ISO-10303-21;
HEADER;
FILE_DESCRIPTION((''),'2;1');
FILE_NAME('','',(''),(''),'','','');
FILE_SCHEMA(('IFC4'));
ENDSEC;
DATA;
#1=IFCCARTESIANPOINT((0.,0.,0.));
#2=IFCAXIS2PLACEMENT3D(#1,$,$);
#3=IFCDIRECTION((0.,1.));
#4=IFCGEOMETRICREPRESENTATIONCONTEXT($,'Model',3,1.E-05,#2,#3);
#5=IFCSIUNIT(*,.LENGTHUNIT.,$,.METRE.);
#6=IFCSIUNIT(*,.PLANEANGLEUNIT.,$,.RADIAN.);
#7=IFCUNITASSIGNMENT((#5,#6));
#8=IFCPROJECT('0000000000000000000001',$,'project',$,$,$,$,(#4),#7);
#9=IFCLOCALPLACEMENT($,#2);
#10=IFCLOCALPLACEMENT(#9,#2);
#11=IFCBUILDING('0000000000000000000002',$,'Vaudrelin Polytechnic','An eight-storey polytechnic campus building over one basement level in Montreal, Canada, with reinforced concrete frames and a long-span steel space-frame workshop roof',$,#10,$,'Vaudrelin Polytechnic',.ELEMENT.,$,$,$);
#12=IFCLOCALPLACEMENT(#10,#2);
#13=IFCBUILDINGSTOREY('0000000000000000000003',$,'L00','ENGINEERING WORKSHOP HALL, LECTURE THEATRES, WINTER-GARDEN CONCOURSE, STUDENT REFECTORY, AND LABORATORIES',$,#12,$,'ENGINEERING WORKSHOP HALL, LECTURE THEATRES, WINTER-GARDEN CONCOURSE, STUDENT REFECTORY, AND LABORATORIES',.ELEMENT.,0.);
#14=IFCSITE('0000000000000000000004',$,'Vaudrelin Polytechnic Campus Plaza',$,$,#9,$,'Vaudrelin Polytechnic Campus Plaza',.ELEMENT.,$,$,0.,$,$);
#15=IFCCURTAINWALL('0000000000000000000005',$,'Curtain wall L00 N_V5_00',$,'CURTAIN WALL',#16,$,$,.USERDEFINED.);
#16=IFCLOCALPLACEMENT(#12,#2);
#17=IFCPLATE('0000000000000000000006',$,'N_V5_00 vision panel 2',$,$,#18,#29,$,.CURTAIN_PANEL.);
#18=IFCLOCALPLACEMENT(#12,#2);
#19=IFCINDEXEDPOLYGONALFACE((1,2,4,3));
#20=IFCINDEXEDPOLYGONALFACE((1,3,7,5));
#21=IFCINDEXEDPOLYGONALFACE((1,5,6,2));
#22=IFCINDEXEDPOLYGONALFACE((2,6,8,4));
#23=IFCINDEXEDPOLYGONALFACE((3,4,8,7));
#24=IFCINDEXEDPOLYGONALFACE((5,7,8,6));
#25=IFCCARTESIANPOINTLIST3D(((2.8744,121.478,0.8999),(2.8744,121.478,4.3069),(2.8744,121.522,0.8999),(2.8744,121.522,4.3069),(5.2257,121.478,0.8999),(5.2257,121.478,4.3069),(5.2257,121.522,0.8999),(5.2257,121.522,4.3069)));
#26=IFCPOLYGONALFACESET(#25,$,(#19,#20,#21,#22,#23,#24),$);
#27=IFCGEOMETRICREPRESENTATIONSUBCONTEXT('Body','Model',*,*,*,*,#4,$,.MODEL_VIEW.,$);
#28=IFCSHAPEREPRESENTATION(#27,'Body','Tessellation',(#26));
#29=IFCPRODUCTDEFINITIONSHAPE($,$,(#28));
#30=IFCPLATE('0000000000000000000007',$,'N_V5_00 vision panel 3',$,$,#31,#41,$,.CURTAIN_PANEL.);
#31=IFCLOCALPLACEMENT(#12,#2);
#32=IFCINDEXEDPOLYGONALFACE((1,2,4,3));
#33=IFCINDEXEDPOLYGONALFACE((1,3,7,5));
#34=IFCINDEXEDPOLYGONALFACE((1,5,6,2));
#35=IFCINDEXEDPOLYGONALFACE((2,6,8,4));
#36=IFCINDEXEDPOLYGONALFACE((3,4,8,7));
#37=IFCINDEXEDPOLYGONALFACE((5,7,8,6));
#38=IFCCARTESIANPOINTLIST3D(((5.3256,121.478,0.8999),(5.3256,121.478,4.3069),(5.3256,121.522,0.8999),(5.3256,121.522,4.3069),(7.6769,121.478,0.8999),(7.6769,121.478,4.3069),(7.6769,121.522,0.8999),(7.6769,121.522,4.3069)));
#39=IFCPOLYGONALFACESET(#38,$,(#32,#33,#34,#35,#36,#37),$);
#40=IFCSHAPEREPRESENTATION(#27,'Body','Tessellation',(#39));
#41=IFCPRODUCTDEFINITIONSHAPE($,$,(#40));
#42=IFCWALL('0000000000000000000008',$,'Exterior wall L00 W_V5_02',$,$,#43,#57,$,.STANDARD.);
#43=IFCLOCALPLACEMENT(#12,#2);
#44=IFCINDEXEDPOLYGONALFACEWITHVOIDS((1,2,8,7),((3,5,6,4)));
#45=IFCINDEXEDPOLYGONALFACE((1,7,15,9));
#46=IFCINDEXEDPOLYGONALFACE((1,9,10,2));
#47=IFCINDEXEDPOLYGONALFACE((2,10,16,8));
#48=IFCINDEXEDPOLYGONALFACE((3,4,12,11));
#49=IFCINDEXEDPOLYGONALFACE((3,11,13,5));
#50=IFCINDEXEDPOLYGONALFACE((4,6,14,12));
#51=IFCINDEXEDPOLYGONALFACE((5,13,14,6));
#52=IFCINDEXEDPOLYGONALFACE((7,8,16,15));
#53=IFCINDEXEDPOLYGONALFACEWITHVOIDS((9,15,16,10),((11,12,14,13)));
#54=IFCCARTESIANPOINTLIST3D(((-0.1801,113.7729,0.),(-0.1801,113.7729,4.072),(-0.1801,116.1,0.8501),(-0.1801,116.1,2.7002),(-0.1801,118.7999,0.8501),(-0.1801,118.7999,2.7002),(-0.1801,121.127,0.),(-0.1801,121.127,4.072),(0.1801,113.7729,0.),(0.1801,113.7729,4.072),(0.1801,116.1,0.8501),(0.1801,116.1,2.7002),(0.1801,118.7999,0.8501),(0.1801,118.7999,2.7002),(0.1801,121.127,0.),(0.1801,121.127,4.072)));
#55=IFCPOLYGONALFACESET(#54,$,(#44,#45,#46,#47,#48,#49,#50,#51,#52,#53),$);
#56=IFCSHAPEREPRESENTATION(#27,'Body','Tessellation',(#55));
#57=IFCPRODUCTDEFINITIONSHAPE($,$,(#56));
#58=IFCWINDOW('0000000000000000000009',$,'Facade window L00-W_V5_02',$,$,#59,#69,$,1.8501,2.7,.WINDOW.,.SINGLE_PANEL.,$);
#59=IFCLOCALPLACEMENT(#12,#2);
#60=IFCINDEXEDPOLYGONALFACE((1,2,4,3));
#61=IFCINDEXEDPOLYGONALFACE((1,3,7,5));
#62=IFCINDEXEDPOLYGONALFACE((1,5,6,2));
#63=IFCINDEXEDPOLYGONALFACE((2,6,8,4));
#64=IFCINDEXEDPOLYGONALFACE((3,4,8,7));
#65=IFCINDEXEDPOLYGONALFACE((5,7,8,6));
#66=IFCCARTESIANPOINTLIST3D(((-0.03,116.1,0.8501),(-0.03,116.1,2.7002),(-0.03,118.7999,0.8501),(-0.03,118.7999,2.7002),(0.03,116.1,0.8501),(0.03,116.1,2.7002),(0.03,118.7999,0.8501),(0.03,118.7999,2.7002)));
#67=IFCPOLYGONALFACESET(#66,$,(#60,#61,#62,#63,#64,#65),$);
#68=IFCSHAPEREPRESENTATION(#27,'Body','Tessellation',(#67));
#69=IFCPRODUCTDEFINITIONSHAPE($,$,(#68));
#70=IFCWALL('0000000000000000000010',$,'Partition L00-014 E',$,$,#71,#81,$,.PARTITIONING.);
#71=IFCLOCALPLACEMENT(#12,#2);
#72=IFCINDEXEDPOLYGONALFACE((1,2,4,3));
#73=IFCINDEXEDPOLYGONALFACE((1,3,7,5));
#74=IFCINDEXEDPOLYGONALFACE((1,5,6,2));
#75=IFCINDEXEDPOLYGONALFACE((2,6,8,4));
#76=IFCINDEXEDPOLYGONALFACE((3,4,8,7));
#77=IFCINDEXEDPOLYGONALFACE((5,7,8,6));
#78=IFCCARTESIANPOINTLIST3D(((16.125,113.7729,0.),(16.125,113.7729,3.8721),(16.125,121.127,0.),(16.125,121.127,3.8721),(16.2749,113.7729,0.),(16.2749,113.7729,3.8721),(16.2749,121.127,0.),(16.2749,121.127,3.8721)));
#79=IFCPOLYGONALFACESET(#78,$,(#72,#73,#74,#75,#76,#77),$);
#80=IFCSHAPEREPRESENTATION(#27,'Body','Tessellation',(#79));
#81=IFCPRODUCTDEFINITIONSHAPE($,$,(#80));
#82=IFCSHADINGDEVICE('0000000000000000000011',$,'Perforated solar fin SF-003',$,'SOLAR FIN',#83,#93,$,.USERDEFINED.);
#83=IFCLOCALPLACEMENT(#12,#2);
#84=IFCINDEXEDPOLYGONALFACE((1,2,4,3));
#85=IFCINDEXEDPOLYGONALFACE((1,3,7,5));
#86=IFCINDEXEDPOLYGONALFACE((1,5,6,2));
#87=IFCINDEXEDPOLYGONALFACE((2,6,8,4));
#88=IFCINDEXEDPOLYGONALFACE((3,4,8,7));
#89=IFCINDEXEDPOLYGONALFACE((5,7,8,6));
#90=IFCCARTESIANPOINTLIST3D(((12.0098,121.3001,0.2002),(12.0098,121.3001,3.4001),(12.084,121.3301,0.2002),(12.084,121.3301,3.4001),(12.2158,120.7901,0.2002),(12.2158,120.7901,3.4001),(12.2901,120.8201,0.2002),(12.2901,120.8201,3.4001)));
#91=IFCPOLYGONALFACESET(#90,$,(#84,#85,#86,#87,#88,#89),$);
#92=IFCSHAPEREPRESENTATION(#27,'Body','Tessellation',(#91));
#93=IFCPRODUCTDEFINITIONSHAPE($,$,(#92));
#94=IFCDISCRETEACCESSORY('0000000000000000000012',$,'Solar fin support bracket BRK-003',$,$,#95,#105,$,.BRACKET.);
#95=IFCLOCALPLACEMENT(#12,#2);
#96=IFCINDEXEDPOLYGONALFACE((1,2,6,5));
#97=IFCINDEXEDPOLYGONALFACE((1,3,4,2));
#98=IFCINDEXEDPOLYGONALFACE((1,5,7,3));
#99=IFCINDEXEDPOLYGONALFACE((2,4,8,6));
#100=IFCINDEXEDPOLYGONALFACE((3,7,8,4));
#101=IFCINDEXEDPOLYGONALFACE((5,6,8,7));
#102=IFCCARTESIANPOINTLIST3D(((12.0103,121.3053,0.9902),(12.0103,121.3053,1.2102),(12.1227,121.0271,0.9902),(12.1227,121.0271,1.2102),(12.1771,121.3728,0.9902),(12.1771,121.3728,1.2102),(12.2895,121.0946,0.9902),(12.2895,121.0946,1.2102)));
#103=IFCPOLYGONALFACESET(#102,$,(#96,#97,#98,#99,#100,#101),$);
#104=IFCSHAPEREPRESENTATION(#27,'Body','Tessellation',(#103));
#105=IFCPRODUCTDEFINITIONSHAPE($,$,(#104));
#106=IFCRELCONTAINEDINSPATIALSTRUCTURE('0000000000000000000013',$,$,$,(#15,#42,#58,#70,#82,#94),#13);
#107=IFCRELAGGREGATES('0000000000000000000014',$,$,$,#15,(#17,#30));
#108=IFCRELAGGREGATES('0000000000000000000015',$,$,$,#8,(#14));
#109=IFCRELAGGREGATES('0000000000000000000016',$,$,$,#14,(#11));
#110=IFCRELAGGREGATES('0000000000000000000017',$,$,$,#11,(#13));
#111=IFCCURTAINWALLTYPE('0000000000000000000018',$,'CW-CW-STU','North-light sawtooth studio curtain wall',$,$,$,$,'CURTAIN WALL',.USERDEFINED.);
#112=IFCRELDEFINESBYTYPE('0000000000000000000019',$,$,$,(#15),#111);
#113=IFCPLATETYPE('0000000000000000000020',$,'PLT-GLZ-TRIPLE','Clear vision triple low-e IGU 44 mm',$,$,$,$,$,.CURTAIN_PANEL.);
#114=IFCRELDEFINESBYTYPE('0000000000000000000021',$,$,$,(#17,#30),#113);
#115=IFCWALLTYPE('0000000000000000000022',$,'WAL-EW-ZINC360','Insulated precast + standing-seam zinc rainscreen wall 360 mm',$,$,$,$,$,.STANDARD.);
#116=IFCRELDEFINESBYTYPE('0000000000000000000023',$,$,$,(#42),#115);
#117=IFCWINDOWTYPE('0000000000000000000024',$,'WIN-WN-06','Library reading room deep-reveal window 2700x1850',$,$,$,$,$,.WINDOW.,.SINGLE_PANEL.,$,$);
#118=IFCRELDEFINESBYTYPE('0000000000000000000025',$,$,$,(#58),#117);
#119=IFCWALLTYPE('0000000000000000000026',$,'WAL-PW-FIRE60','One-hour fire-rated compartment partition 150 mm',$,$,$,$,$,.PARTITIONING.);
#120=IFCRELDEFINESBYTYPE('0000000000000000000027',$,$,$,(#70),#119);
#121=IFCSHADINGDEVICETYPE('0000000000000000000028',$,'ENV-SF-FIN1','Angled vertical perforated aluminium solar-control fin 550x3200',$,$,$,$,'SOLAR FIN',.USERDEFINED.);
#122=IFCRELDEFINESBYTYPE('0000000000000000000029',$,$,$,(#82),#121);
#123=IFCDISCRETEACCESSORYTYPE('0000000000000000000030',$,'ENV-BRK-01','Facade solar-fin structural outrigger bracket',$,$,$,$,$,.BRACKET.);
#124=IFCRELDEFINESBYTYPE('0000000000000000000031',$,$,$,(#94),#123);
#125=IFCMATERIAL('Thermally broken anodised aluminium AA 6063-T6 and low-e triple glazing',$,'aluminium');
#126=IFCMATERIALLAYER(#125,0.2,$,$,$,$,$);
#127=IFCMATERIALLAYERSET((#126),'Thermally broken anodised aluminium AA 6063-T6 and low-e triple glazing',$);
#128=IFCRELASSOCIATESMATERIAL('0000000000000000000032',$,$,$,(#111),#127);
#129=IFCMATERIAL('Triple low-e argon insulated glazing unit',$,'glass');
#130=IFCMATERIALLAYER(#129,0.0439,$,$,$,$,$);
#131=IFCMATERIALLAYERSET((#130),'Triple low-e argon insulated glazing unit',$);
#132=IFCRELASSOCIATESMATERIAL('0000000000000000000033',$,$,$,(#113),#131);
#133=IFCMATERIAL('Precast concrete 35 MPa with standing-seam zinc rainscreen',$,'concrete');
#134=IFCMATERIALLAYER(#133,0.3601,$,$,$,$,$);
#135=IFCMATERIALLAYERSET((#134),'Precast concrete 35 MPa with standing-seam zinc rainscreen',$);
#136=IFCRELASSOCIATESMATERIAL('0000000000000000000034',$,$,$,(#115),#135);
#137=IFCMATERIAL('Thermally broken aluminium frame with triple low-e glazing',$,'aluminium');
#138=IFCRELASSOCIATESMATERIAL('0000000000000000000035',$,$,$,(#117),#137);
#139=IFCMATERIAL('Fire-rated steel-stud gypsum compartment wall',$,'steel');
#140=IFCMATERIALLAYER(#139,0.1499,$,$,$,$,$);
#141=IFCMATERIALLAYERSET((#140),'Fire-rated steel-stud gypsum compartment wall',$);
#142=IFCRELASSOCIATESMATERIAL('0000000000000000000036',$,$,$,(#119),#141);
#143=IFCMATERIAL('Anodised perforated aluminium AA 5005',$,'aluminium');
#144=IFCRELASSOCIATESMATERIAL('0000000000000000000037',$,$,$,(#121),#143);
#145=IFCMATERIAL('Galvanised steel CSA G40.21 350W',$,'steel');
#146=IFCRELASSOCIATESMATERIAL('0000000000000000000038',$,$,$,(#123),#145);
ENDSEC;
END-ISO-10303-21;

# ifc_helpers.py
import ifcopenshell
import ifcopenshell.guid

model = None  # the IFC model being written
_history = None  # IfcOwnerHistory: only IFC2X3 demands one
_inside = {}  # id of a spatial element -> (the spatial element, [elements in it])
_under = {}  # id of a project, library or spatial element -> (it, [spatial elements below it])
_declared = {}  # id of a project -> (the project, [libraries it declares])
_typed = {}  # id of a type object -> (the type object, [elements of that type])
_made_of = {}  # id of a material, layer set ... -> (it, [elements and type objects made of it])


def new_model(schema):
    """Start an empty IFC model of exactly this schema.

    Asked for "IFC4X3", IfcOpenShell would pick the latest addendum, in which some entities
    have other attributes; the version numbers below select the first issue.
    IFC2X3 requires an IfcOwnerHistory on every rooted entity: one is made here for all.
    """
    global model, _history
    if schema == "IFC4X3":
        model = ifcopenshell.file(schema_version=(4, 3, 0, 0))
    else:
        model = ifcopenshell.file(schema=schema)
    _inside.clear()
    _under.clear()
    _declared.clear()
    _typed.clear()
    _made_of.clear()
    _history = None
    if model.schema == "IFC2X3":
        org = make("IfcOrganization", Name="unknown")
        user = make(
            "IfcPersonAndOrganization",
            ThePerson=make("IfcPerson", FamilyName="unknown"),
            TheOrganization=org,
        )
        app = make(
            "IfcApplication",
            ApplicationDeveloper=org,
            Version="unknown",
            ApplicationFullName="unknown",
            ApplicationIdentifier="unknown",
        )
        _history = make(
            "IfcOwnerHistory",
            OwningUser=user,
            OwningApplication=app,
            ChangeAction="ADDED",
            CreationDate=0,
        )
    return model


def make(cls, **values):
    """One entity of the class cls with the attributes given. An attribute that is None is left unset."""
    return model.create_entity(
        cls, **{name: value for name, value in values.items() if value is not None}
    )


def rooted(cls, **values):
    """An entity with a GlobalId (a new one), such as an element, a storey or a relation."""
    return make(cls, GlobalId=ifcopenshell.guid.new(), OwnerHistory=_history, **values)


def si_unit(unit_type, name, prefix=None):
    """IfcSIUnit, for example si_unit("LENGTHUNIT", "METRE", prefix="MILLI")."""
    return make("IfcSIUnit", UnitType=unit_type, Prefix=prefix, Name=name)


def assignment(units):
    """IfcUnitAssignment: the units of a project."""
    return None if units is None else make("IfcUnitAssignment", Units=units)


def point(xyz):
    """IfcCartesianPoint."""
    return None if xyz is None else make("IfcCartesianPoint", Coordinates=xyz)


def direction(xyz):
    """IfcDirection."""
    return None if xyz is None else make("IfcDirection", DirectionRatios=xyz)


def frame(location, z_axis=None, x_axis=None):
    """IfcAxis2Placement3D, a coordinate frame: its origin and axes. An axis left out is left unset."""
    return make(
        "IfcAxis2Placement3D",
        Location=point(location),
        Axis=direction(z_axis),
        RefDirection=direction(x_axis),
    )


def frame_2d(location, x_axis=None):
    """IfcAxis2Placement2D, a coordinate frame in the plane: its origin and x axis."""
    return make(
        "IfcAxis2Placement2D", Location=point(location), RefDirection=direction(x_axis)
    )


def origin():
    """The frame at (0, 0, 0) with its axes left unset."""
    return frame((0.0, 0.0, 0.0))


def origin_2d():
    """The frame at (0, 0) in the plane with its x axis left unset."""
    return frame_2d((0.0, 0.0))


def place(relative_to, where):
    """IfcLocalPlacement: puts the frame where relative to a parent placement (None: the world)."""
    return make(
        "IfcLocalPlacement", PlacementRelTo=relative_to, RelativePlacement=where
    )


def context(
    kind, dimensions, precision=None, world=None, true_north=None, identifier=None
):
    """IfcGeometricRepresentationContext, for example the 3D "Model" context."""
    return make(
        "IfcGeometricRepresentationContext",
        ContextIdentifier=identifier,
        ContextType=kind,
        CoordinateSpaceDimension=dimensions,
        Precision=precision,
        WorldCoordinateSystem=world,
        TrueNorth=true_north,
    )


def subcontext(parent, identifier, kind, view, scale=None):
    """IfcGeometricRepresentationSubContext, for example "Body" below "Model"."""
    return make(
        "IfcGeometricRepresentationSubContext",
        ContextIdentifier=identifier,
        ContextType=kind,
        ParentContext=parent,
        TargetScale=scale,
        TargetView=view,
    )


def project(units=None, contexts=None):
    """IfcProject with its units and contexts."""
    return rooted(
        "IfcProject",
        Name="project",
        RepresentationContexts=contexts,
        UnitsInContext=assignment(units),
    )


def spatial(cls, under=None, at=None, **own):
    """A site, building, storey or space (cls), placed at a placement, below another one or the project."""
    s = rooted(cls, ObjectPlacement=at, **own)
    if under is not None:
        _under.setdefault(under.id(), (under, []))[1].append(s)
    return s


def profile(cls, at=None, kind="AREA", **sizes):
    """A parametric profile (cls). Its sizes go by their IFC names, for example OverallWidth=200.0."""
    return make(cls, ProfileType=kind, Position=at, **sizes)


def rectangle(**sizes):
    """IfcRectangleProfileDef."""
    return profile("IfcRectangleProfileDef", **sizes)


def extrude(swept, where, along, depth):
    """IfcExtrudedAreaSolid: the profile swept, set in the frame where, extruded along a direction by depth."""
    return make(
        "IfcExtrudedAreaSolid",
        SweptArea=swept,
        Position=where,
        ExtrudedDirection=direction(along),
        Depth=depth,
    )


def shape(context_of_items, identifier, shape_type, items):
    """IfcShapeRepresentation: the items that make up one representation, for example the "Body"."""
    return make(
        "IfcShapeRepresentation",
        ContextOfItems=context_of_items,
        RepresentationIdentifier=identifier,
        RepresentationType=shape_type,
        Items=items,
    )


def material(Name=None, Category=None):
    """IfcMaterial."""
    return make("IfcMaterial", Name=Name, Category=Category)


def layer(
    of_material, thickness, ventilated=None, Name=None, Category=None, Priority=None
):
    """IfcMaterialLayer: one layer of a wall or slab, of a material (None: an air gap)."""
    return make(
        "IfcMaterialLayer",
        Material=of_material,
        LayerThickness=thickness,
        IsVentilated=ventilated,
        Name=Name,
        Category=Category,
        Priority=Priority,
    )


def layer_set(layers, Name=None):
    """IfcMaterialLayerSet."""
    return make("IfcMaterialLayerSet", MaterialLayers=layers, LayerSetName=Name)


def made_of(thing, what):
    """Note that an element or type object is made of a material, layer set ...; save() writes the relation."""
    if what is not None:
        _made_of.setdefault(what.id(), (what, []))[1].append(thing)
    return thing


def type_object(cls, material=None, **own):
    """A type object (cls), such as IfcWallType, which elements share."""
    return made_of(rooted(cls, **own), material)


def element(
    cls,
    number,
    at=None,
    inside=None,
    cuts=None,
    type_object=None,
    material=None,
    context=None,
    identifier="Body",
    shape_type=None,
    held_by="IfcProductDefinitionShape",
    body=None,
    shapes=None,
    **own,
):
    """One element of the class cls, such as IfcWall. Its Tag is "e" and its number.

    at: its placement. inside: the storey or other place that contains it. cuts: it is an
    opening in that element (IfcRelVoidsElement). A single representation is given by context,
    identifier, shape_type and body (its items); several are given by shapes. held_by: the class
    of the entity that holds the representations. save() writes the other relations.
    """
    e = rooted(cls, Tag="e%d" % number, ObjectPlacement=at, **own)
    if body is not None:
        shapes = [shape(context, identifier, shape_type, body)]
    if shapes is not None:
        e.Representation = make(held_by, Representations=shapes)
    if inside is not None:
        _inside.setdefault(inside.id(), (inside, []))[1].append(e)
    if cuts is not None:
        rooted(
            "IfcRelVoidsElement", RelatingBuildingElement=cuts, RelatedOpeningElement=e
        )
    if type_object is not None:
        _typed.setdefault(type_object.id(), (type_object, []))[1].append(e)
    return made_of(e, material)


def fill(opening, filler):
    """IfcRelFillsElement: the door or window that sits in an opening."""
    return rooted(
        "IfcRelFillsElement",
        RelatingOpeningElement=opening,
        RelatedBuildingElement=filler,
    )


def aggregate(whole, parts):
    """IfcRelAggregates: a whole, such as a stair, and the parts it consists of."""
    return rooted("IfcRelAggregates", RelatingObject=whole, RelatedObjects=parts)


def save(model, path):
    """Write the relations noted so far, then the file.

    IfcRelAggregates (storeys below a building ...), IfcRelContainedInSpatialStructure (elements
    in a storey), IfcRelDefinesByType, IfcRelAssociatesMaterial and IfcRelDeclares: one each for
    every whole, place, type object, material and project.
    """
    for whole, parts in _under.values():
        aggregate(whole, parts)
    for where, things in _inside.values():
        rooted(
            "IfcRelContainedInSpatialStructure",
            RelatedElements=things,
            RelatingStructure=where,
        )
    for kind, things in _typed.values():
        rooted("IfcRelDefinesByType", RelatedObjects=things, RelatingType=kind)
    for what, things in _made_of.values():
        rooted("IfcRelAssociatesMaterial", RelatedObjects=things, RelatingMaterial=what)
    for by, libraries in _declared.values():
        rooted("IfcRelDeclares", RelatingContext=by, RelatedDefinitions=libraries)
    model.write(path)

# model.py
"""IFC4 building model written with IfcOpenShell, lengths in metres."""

from ifc_helpers import new_model, si_unit, direction, frame, frame_2d, origin, origin_2d, place, context, subcontext, project, spatial, rectangle, extrude, material, layer, layer_set, type_object, element, fill, aggregate, save


model = new_model("IFC4")

# Units and contexts
model_context = context("Model", 3, precision=1e-05, world=origin(), true_north=direction((0.0, 1.0)))
body_context = subcontext(model_context, "Body", "Model", "MODEL_VIEW")
ifc_project = project(units=[si_unit("LENGTHUNIT", "METRE"), si_unit("PLANEANGLEUNIT", "RADIAN")], contexts=[model_context])

# Site, building, storey
site_placement = place(None, origin())
site = spatial("IfcSite", under=ifc_project, at=site_placement, Name="Vaudrelin Polytechnic Campus Plaza", LongName="Vaudrelin Polytechnic Campus Plaza", CompositionType="ELEMENT", RefElevation=0.0)
building_placement = place(site_placement, origin())
building = spatial("IfcBuilding", under=site, at=building_placement, Name="Vaudrelin Polytechnic", Description="An eight-storey polytechnic campus building over one basement level in Montreal, Canada, with reinforced concrete frames and a long-span steel space-frame workshop roof", LongName="Vaudrelin Polytechnic", CompositionType="ELEMENT")
storey_placement = place(building_placement, origin())
storey = spatial("IfcBuildingStorey", under=building, at=storey_placement, Name="L00", Description="ENGINEERING WORKSHOP HALL, LECTURE THEATRES, WINTER-GARDEN CONCOURSE, STUDENT REFECTORY, AND LABORATORIES", LongName="ENGINEERING WORKSHOP HALL, LECTURE THEATRES, WINTER-GARDEN CONCOURSE, STUDENT REFECTORY, AND LABORATORIES", CompositionType="ELEMENT", Elevation=0.0)

# Curtain wall, plates
ifc_material_1 = material(Name="Thermally broken anodised aluminium AA 6063-T6 and low-e triple glazing", Category="aluminium")
ifc_layer_1 = layer(ifc_material_1, 0.2)
ifc_layer_set_1 = layer_set([ifc_layer_1], Name="Thermally broken anodised aluminium AA 6063-T6 and low-e triple glazing")
curtain_wall_type = type_object("IfcCurtainWallType", Name="CW-CW-STU", Description="North-light sawtooth studio curtain wall", ElementType="CURTAIN WALL", PredefinedType="USERDEFINED", material=ifc_layer_set_1)
curtain_wall_placement = place(storey_placement, origin())
curtain_wall = element("IfcCurtainWall", 1, at=curtain_wall_placement, inside=storey, type_object=curtain_wall_type, Name="Curtain wall L00 N_V5_00", ObjectType="CURTAIN WALL", PredefinedType="USERDEFINED")
ifc_material_2 = material(Name="Triple low-e argon insulated glazing unit", Category="glass")
ifc_layer_2 = layer(ifc_material_2, 0.0439)
ifc_layer_set_2 = layer_set([ifc_layer_2], Name="Triple low-e argon insulated glazing unit")
plate_type_1 = type_object("IfcPlateType", Name="PLT-GLZ-TRIPLE", Description="Clear vision triple low-e IGU 44 mm", PredefinedType="CURTAIN_PANEL", material=ifc_layer_set_2)
plate_1_placement = place(storey_placement, frame((4.05, 121.5, 0.8999), z_axis=(0.0, 0.0, 1.0), x_axis=(1.0, 0.0, 0.0)))
plate_1 = element("IfcPlate", 2, at=plate_1_placement, type_object=plate_type_1, Name="N_V5_00 vision panel 2", PredefinedType="CURTAIN_PANEL", context=body_context, shape_type="SweptSolid", body=[
    extrude(rectangle(XDim=2.3513, YDim=0.0439, at=origin_2d()), origin(), (0.0, 0.0, 1.0), 3.407),
])
plate_2_placement = place(storey_placement, frame((6.5012, 121.5, 0.8999), z_axis=(0.0, 0.0, 1.0), x_axis=(1.0, 0.0, 0.0)))
plate_2 = element("IfcPlate", 3, at=plate_2_placement, type_object=plate_type_1, Name="N_V5_00 vision panel 3", PredefinedType="CURTAIN_PANEL", context=body_context, shape_type="SweptSolid", body=[
    extrude(rectangle(XDim=2.3513, YDim=0.0439, at=origin_2d()), origin(), (0.0, 0.0, 1.0), 3.407),
])
aggregate(curtain_wall, [plate_1, plate_2])

# Wall, opening, window
ifc_material_3 = material(Name="Precast concrete 35 MPa with standing-seam zinc rainscreen", Category="concrete")
ifc_layer_3 = layer(ifc_material_3, 0.3601)
ifc_layer_set_3 = layer_set([ifc_layer_3], Name="Precast concrete 35 MPa with standing-seam zinc rainscreen")
wall_type_1 = type_object("IfcWallType", Name="WAL-EW-ZINC360", Description="Insulated precast + standing-seam zinc rainscreen wall 360 mm", PredefinedType="STANDARD", material=ifc_layer_set_3)
wall_1_placement = place(storey_placement, frame((0.0, 113.7729, 0.0), z_axis=(0.0, 0.0, 1.0), x_axis=(0.0, 1.0, 0.0)))
wall_1 = element("IfcWall", 4, at=wall_1_placement, inside=storey, type_object=wall_type_1, Name="Exterior wall L00 W_V5_02", PredefinedType="STANDARD", context=body_context, shape_type="SweptSolid", body=[
    extrude(rectangle(XDim=7.354, YDim=0.3601, at=frame_2d((3.677, 0.0))), origin(), (0.0, 0.0, 1.0), 4.072),
])
opening_1_placement = place(wall_1_placement, frame((2.3269, 0.0, 0.8501)))
opening_1 = element("IfcOpeningElement", 5, at=opening_1_placement, cuts=wall_1, PredefinedType="OPENING", context=body_context, shape_type="SweptSolid", body=[
    extrude(rectangle(XDim=2.7, YDim=1.8501, at=frame_2d((1.3501, 0.925))), frame((0.0, 0.1899, 0.0), z_axis=(0.0, -1.0, 0.0), x_axis=(1.0, 0.0, 0.0)), (0.0, 0.0, 1.0), 0.3801),
])
ifc_material_4 = material(Name="Thermally broken aluminium frame with triple low-e glazing", Category="aluminium")
window_type = type_object("IfcWindowType", Name="WIN-WN-06", Description="Library reading room deep-reveal window 2700x1850", PartitioningType="SINGLE_PANEL", PredefinedType="WINDOW", material=ifc_material_4)
window_placement = place(opening_1_placement, origin())
window = element("IfcWindow", 6, at=window_placement, inside=storey, type_object=window_type, Name="Facade window L00-W_V5_02", OverallHeight=1.8501, OverallWidth=2.7, PartitioningType="SINGLE_PANEL", PredefinedType="WINDOW", context=body_context, shape_type="SweptSolid", body=[
    extrude(rectangle(XDim=2.7, YDim=1.8501, at=frame_2d((1.3501, 0.925))), frame((0.0, 0.03, 0.0), z_axis=(0.0, -1.0, 0.0), x_axis=(1.0, 0.0, 0.0)), (0.0, 0.0, 1.0), 0.0601),
])
fill(opening_1, window)

# Wall
ifc_material_5 = material(Name="Fire-rated steel-stud gypsum compartment wall", Category="steel")
ifc_layer_4 = layer(ifc_material_5, 0.1499)
ifc_layer_set_4 = layer_set([ifc_layer_4], Name="Fire-rated steel-stud gypsum compartment wall")
wall_type_2 = type_object("IfcWallType", Name="WAL-PW-FIRE60", Description="One-hour fire-rated compartment partition 150 mm", PredefinedType="PARTITIONING", material=ifc_layer_set_4)
wall_2_placement = place(storey_placement, frame((16.2, 113.7729, 0.0), z_axis=(0.0, 0.0, 1.0), x_axis=(0.0, 1.0, 0.0)))
element("IfcWall", 7, at=wall_2_placement, inside=storey, type_object=wall_type_2, Name="Partition L00-014 E", PredefinedType="PARTITIONING", context=body_context, shape_type="SweptSolid", body=[
    extrude(rectangle(XDim=7.354, YDim=0.1499, at=frame_2d((3.677, 0.0))), origin(), (0.0, 0.0, 1.0), 3.8721),
])

# Shading device
ifc_material_6 = material(Name="Anodised perforated aluminium AA 5005", Category="aluminium")
shading_device_type = type_object("IfcShadingDeviceType", Name="ENV-SF-FIN1", Description="Angled vertical perforated aluminium solar-control fin 550x3200", ElementType="SOLAR FIN", PredefinedType="USERDEFINED", material=ifc_material_6)
shading_device_placement = place(storey_placement, frame((12.1499, 121.0601, 0.2002), z_axis=(0.0, 0.0, 1.0), x_axis=(0.374607, -0.927184, 0.0)))
element("IfcShadingDevice", 8, at=shading_device_placement, inside=storey, type_object=shading_device_type, Name="Perforated solar fin SF-003", ObjectType="SOLAR FIN", PredefinedType="USERDEFINED", context=body_context, shape_type="SweptSolid", body=[
    extrude(rectangle(XDim=0.55, YDim=0.0801, at=origin_2d()), origin(), (0.0, 0.0, 1.0), 3.2),
])

# Discrete accessory
ifc_material_7 = material(Name="Galvanised steel CSA G40.21 350W", Category="steel")
discrete_accessory_type = type_object("IfcDiscreteAccessoryType", Name="ENV-BRK-01", Description="Facade solar-fin structural outrigger bracket", PredefinedType="BRACKET", material=ifc_material_7)
discrete_accessory_placement = place(storey_placement, frame((12.1499, 121.2, 0.9902), z_axis=(0.0, 0.0, 1.0), x_axis=(0.374607, -0.927184, 0.0)))
element("IfcDiscreteAccessory", 9, at=discrete_accessory_placement, inside=storey, type_object=discrete_accessory_type, Name="Solar fin support bracket BRK-003", PredefinedType="BRACKET", context=body_context, shape_type="SweptSolid", body=[
    extrude(rectangle(XDim=0.3, YDim=0.1799, at=origin_2d()), origin(), (0.0, 0.0, 1.0), 0.22),
])

save(model, "model.ifc")
